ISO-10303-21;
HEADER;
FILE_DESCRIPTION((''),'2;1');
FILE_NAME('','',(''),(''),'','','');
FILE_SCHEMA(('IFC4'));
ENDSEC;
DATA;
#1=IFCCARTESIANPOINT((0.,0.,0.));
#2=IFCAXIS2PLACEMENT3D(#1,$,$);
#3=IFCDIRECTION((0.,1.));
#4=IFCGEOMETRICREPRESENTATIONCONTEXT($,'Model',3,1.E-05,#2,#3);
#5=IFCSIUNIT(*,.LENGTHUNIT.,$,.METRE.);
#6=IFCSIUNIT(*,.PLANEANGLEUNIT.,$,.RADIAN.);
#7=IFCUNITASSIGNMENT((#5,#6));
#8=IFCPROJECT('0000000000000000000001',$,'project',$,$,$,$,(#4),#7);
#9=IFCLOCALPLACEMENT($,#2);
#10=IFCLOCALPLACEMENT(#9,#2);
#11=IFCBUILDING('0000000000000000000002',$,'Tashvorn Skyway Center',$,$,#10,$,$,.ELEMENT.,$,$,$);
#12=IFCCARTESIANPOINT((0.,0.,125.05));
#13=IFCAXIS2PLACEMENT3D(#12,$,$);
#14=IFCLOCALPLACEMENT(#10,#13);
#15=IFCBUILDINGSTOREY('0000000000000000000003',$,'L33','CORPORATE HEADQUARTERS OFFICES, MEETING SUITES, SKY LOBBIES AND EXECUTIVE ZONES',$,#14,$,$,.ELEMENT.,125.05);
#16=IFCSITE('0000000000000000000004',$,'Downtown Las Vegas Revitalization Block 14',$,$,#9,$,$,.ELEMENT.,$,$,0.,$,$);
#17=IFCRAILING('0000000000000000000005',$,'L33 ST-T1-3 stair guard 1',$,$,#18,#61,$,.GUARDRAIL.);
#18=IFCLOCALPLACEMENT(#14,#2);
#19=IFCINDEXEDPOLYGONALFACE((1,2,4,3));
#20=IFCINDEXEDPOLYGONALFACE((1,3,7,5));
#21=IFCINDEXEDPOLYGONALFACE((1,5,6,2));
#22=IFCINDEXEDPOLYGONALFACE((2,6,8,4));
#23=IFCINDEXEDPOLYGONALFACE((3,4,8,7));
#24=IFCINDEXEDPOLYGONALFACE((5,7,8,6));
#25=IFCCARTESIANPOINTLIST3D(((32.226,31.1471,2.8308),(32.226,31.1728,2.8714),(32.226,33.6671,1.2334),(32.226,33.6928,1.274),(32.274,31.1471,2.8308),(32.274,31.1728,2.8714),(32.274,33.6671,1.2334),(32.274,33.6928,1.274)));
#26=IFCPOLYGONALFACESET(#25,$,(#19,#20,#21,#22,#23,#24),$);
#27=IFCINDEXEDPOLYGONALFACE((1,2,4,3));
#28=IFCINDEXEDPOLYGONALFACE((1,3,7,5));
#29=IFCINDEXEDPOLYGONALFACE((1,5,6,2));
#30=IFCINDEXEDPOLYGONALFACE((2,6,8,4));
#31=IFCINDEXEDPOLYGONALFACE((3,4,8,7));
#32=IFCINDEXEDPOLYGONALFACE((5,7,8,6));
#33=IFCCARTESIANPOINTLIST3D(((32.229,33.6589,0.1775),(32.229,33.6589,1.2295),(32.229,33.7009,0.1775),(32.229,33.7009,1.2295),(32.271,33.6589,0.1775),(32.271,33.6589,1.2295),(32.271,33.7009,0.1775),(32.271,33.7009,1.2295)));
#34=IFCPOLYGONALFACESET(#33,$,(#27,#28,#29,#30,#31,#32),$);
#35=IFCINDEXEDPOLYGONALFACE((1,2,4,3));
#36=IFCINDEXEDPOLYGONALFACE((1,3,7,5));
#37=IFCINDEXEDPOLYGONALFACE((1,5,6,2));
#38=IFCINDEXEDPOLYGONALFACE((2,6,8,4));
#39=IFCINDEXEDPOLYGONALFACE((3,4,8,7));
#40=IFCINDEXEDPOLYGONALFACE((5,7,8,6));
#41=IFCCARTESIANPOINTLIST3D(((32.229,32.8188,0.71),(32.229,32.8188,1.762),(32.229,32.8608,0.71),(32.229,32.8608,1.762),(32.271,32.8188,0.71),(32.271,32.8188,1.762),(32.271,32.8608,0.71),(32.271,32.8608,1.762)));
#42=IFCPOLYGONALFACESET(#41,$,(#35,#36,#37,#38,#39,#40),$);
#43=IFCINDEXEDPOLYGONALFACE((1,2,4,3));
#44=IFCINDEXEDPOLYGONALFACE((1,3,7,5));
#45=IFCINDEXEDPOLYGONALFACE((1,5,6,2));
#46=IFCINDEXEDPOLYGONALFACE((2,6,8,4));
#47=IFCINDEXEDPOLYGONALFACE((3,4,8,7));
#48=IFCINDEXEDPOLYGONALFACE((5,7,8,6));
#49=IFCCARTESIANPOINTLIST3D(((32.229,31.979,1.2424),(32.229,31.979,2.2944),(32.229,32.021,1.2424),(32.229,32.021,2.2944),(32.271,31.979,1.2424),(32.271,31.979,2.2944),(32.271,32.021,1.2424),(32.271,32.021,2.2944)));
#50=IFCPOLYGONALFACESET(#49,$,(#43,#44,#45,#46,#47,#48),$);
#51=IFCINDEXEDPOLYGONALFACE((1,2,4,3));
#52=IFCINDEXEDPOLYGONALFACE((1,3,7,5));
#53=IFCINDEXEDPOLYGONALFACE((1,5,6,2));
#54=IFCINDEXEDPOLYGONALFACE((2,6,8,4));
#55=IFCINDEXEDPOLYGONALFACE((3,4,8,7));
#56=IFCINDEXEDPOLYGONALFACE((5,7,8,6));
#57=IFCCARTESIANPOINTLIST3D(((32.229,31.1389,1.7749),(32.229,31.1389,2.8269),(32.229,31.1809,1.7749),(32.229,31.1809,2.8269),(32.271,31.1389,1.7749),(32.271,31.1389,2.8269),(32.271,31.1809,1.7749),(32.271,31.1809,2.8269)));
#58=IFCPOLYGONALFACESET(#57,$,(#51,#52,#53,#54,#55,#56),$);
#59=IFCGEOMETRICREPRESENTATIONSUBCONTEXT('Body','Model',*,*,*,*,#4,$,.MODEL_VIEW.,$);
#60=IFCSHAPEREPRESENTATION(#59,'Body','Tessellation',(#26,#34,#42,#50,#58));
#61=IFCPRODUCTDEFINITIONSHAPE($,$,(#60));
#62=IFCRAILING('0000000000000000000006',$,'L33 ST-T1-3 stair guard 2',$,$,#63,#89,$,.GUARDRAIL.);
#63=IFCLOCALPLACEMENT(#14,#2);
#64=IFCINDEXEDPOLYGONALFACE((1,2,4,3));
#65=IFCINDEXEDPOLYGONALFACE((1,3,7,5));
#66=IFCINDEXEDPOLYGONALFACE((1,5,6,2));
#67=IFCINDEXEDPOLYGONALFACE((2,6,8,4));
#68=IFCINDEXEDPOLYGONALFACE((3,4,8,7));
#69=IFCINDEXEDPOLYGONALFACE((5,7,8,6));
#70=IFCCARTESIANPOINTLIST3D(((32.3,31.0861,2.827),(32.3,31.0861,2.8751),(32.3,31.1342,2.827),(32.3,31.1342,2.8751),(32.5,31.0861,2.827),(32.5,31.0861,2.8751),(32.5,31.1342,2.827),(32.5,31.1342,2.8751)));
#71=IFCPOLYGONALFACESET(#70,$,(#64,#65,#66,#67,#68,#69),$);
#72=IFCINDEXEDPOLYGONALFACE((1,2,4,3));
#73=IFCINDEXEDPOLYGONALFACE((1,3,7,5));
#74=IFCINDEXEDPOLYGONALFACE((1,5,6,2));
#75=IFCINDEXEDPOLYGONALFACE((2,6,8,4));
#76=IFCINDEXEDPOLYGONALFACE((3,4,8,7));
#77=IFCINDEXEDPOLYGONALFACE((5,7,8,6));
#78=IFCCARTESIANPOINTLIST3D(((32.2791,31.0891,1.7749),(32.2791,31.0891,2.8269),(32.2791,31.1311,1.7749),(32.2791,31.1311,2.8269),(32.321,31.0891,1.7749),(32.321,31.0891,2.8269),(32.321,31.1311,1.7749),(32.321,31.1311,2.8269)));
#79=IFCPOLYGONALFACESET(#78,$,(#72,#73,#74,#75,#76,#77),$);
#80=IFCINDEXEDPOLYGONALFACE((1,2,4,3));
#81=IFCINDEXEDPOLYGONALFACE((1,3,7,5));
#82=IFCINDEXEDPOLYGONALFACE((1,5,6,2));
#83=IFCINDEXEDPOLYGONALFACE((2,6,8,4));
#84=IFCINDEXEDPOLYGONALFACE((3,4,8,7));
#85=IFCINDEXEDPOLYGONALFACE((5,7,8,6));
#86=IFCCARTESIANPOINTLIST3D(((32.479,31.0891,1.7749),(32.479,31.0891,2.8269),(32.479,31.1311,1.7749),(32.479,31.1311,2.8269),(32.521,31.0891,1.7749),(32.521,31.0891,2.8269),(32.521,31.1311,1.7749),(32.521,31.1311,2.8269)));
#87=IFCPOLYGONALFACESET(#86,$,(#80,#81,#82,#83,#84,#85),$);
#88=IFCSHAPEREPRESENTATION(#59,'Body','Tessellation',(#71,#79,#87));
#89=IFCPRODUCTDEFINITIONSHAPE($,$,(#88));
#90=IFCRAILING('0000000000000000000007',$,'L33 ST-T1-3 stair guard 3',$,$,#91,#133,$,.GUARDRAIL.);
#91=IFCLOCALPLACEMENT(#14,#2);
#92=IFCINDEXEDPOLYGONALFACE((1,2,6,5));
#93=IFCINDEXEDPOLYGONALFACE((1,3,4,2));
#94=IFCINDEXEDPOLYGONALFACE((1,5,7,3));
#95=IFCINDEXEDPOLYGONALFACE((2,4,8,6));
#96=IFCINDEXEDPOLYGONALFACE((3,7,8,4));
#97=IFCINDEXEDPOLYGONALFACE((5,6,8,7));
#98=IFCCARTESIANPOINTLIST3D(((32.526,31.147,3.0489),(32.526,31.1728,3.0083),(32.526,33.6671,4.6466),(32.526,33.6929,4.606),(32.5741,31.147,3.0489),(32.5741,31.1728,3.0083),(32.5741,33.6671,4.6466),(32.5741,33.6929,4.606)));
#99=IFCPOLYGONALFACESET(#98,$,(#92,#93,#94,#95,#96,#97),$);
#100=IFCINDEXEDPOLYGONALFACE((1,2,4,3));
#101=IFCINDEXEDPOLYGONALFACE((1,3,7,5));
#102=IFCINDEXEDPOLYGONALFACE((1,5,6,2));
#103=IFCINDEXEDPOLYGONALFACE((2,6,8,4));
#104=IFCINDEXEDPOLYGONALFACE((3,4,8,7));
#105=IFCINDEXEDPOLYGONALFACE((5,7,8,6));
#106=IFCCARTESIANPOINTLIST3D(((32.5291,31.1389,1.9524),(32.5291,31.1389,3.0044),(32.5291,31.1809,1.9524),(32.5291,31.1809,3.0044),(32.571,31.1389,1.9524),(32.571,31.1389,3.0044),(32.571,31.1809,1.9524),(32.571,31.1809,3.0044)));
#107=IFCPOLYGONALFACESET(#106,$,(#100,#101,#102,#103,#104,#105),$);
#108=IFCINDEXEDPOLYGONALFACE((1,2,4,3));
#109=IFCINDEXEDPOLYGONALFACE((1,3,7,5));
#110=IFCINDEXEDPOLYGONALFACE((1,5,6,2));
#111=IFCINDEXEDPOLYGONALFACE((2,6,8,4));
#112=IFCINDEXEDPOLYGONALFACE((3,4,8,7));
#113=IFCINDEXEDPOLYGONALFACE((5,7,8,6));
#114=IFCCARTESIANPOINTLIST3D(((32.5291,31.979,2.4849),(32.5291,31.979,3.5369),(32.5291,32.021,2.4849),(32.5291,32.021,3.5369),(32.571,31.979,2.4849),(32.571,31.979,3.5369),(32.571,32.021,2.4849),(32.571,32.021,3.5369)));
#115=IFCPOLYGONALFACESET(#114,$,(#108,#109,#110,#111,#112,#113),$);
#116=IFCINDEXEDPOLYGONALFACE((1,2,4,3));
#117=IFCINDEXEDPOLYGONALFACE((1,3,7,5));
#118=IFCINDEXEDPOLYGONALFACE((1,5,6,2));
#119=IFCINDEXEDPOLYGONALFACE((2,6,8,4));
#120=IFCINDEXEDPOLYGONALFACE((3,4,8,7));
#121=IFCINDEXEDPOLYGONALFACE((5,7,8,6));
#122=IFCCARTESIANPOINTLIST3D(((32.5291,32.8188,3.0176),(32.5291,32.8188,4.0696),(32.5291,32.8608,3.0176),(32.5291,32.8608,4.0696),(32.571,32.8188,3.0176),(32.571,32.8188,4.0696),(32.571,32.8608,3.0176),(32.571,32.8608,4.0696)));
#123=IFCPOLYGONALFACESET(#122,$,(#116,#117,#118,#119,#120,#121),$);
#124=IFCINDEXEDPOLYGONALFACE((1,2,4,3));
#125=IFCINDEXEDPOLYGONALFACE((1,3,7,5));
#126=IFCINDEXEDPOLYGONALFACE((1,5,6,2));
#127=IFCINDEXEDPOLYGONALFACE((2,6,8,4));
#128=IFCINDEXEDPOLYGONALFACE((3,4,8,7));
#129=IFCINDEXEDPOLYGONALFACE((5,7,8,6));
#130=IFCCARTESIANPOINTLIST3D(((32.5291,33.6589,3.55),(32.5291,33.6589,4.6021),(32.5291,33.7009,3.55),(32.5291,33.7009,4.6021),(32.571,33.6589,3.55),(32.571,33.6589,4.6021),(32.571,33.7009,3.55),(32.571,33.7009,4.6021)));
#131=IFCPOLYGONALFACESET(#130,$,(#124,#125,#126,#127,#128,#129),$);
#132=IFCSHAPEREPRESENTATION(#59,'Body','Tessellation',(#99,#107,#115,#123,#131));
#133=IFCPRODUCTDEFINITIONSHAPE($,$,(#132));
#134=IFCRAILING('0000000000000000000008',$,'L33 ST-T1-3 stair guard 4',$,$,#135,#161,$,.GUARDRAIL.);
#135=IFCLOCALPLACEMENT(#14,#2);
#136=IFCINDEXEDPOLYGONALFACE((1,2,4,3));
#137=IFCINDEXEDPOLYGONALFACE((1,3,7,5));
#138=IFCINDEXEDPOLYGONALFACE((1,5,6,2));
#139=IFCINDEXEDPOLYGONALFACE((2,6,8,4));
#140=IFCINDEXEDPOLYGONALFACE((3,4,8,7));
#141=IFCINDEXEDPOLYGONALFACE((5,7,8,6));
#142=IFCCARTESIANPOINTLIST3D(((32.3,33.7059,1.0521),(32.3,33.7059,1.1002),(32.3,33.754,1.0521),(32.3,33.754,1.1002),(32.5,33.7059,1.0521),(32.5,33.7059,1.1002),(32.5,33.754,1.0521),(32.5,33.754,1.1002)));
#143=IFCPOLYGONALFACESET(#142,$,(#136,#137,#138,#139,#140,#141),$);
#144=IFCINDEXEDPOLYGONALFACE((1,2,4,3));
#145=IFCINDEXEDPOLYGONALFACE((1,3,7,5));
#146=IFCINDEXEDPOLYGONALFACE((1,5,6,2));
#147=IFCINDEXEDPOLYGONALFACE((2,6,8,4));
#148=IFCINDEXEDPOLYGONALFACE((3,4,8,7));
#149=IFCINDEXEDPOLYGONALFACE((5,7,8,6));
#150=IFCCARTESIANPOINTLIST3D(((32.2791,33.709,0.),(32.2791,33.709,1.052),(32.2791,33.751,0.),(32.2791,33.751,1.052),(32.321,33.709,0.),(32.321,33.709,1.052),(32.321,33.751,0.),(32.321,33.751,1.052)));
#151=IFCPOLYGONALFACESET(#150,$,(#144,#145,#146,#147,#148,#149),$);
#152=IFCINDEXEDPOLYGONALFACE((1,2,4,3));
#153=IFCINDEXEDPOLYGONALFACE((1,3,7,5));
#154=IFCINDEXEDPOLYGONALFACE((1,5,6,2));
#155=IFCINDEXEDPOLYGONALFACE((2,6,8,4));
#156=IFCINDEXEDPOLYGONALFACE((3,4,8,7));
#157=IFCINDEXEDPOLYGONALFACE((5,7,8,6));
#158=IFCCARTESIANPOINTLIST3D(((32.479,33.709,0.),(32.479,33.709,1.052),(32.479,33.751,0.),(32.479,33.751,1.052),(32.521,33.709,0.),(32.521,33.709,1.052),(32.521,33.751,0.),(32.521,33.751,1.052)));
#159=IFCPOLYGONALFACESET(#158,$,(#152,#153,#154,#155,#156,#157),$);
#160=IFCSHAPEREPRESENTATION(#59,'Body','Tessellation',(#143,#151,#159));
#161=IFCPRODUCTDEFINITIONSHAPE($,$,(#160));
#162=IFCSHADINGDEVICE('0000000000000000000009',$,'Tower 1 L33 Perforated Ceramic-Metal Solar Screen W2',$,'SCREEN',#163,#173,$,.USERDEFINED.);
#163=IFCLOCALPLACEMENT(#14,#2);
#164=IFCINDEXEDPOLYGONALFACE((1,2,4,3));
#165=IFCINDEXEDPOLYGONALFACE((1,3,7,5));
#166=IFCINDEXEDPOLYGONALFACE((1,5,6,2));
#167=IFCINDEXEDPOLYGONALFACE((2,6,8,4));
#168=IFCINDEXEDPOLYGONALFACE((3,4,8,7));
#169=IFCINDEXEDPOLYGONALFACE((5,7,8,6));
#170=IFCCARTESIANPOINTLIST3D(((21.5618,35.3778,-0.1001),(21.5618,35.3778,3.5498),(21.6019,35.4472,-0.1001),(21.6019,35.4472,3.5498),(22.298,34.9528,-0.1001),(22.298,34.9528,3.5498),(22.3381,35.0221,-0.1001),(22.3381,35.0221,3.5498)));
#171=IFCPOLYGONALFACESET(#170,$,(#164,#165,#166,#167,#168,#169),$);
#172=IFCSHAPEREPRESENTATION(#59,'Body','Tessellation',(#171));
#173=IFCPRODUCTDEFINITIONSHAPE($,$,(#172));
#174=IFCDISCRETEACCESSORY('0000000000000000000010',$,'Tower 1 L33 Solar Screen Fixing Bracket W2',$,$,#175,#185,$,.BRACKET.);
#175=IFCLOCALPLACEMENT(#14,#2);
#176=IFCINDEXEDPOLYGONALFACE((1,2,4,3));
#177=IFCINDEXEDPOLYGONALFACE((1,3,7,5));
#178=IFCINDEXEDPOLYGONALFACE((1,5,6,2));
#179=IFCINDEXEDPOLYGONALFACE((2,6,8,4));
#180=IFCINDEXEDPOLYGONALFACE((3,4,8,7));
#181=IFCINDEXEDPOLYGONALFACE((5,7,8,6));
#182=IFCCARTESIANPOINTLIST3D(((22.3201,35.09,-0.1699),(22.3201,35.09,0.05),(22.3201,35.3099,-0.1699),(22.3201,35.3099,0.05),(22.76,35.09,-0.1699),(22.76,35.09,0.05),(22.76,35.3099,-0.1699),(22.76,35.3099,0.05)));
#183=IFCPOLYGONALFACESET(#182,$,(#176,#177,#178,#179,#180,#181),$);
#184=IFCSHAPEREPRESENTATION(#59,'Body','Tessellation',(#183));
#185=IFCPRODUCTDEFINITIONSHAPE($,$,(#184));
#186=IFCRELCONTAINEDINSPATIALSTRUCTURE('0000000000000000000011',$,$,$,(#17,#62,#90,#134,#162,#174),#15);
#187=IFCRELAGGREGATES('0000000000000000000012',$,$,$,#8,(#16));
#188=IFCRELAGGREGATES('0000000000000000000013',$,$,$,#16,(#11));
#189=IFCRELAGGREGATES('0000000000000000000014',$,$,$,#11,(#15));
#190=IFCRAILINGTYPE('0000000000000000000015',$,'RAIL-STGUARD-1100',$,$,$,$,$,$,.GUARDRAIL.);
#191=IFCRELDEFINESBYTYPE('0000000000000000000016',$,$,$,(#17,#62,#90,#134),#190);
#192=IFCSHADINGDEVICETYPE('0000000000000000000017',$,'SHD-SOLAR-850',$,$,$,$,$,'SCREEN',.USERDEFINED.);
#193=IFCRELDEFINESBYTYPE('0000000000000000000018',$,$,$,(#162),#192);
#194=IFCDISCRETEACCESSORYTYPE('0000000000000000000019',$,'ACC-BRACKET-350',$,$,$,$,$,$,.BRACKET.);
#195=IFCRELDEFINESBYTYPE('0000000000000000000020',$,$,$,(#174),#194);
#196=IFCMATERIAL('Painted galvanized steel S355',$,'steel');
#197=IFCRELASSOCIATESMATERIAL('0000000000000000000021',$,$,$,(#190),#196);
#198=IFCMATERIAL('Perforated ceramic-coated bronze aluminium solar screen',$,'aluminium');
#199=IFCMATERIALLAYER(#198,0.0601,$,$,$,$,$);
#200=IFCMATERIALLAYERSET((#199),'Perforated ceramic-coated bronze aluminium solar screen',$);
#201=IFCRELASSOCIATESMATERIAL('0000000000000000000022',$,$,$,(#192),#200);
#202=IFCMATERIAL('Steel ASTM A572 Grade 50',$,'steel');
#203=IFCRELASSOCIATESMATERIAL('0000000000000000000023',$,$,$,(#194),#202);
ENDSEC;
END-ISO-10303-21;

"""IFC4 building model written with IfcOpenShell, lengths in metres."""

from ifc_helpers import new_model, si_unit, direction, frame, origin, origin_2d, place, context, subcontext, project, spatial, rectangle, extrude, material, layer, layer_set, type_object, element, save


model = new_model("IFC4")

# Units and contexts
model_context = context("Model", 3, precision=1e-05, world=origin(), true_north=direction((0.0, 1.0)))
body_context = subcontext(model_context, "Body", "Model", "MODEL_VIEW")
ifc_project = project(units=[si_unit("LENGTHUNIT", "METRE"), si_unit("PLANEANGLEUNIT", "RADIAN")], contexts=[model_context])

# Site, building, storey
site_placement = place(None, origin())
site = spatial("IfcSite", under=ifc_project, at=site_placement, Name="Downtown Las Vegas Revitalization Block 14", CompositionType="ELEMENT", RefElevation=0.0)
building_placement = place(site_placement, origin())
building = spatial("IfcBuilding", under=site, at=building_placement, Name="Tashvorn Skyway Center", CompositionType="ELEMENT")
storey_placement = place(building_placement, frame((0.0, 0.0, 125.05)))
storey = spatial("IfcBuildingStorey", under=building, at=storey_placement, Name="L33", Description="CORPORATE HEADQUARTERS OFFICES, MEETING SUITES, SKY LOBBIES AND EXECUTIVE ZONES", CompositionType="ELEMENT", Elevation=125.05)

# Shared definitions
ifc_material_1 = material(Name="Steel ASTM A572 Grade 50", Category="steel")

# Shared definitions
ifc_material_2 = material(Name="Perforated ceramic-coated bronze aluminium solar screen", Category="aluminium")

# Railings
ifc_material_3 = material(Name="Painted galvanized steel S355", Category="steel")
railing_type_1 = type_object("IfcRailingType", Name="RAIL-STGUARD-1100", PredefinedType="GUARDRAIL", material=ifc_material_3)
railing_1_placement = place(storey_placement, frame((32.25, 33.6799, 0.1775)))
element("IfcRailing", 1, at=railing_1_placement, inside=storey, type_object=railing_type_1, Name="L33 ST-T1-3 stair guard 1", PredefinedType="GUARDRAIL", context=body_context, shape_type="SweptSolid", body=[
    extrude(rectangle(XDim=0.0481, YDim=0.0481, at=origin_2d()), frame((0.0, 0.0, 1.0762), z_axis=(0.0, -0.844607, 0.535387), x_axis=(1.0, 0.0, 0.0)), (0.0, 0.0, 1.0), 2.9836),
    extrude(rectangle(XDim=0.042, YDim=0.042, at=origin_2d()), origin(), (0.0, 0.0, 1.0), 1.052),
    extrude(rectangle(XDim=0.042, YDim=0.042, at=origin_2d()), frame((0.0, -0.8401, 0.5325)), (0.0, 0.0, 1.0), 1.052),
    extrude(rectangle(XDim=0.042, YDim=0.042, at=origin_2d()), frame((0.0, -1.6799, 1.0649)), (0.0, 0.0, 1.0), 1.052),
    extrude(rectangle(XDim=0.042, YDim=0.042, at=origin_2d()), frame((0.0, -2.52, 1.5974)), (0.0, 0.0, 1.0), 1.052),
])
railing_2_placement = place(storey_placement, frame((32.3, 31.1101, 1.7749)))
element("IfcRailing", 2, at=railing_2_placement, inside=storey, type_object=railing_type_1, Name="L33 ST-T1-3 stair guard 2", PredefinedType="GUARDRAIL", context=body_context, shape_type="SweptSolid", body=[
    extrude(rectangle(XDim=0.0481, YDim=0.0481, at=origin_2d()), frame((0.0, 0.0, 1.0762), z_axis=(1.0, 0.0, 0.0), x_axis=(0.0, 1.0, 0.0)), (0.0, 0.0, 1.0), 0.2),
    extrude(rectangle(XDim=0.042, YDim=0.042, at=origin_2d()), origin(), (0.0, 0.0, 1.0), 1.052),
    extrude(rectangle(XDim=0.042, YDim=0.042, at=origin_2d()), frame((0.2, 0.0, 0.0)), (0.0, 0.0, 1.0), 1.052),
])
railing_3_placement = place(storey_placement, frame((32.55, 31.1599, 1.9524)))
element("IfcRailing", 3, at=railing_3_placement, inside=storey, type_object=railing_type_1, Name="L33 ST-T1-3 stair guard 3", PredefinedType="GUARDRAIL", context=body_context, shape_type="SweptSolid", body=[
    extrude(rectangle(XDim=0.0481, YDim=0.0481, at=origin_2d()), frame((0.0, 0.0, 1.0762), z_axis=(0.0, 0.84457, 0.535445), x_axis=(-1.0, 0.0, 0.0)), (0.0, 0.0, 1.0), 2.9839),
    extrude(rectangle(XDim=0.042, YDim=0.042, at=origin_2d()), origin(), (0.0, 0.0, 1.0), 1.052),
    extrude(rectangle(XDim=0.042, YDim=0.042, at=origin_2d()), frame((0.0, 0.8401, 0.5325)), (0.0, 0.0, 1.0), 1.052),
    extrude(rectangle(XDim=0.042, YDim=0.042, at=origin_2d()), frame((0.0, 1.6799, 1.0652)), (0.0, 0.0, 1.0), 1.052),
    extrude(rectangle(XDim=0.042, YDim=0.042, at=origin_2d()), frame((0.0, 2.52, 1.5977)), (0.0, 0.0, 1.0), 1.052),
])
railing_4_placement = place(storey_placement, frame((32.3, 33.73, 0.0)))
element("IfcRailing", 4, at=railing_4_placement, inside=storey, type_object=railing_type_1, Name="L33 ST-T1-3 stair guard 4", PredefinedType="GUARDRAIL", context=body_context, shape_type="SweptSolid", body=[
    extrude(rectangle(XDim=0.0481, YDim=0.0481, at=origin_2d()), frame((0.0, 0.0, 1.0762), z_axis=(1.0, 0.0, 0.0), x_axis=(0.0, 1.0, 0.0)), (0.0, 0.0, 1.0), 0.2),
    extrude(rectangle(XDim=0.042, YDim=0.042, at=origin_2d()), origin(), (0.0, 0.0, 1.0), 1.052),
    extrude(rectangle(XDim=0.042, YDim=0.042, at=origin_2d()), frame((0.2, 0.0, 0.0)), (0.0, 0.0, 1.0), 1.052),
])

# Shading device
ifc_layer_1 = layer(ifc_material_2, 0.0601)
ifc_layer_set_1 = layer_set([ifc_layer_1], Name="Perforated ceramic-coated bronze aluminium solar screen")
shading_device_type = type_object("IfcShadingDeviceType", Name="SHD-SOLAR-850", ElementType="SCREEN", PredefinedType="USERDEFINED", material=ifc_layer_set_1)
shading_device_placement = place(storey_placement, frame((21.95, 35.2, -0.1001), z_axis=(0.0, 0.0, 1.0), x_axis=(0.5, 0.866025, 0.0)))
element("IfcShadingDevice", 5, at=shading_device_placement, inside=storey, type_object=shading_device_type, Name="Tower 1 L33 Perforated Ceramic-Metal Solar Screen W2", ObjectType="SCREEN", PredefinedType="USERDEFINED", context=body_context, shape_type="SweptSolid", body=[
    extrude(rectangle(XDim=0.0801, YDim=0.8501, at=origin_2d()), origin(), (0.0, 0.0, 1.0), 3.6499),
])

# Discrete accessory
discrete_accessory_type = type_object("IfcDiscreteAccessoryType", Name="ACC-BRACKET-350", PredefinedType="BRACKET", material=ifc_material_1)
discrete_accessory_placement = place(storey_placement, frame((22.54, 35.2, -0.1699), z_axis=(0.0, 0.0, 1.0), x_axis=(0.0, 1.0, 0.0)))
element("IfcDiscreteAccessory", 6, at=discrete_accessory_placement, inside=storey, type_object=discrete_accessory_type, Name="Tower 1 L33 Solar Screen Fixing Bracket W2", PredefinedType="BRACKET", context=body_context, shape_type="SweptSolid", body=[
    extrude(rectangle(XDim=0.22, YDim=0.4399, at=origin_2d()), origin(), (0.0, 0.0, 1.0), 0.22),
])

save(model, "model.ifc")
